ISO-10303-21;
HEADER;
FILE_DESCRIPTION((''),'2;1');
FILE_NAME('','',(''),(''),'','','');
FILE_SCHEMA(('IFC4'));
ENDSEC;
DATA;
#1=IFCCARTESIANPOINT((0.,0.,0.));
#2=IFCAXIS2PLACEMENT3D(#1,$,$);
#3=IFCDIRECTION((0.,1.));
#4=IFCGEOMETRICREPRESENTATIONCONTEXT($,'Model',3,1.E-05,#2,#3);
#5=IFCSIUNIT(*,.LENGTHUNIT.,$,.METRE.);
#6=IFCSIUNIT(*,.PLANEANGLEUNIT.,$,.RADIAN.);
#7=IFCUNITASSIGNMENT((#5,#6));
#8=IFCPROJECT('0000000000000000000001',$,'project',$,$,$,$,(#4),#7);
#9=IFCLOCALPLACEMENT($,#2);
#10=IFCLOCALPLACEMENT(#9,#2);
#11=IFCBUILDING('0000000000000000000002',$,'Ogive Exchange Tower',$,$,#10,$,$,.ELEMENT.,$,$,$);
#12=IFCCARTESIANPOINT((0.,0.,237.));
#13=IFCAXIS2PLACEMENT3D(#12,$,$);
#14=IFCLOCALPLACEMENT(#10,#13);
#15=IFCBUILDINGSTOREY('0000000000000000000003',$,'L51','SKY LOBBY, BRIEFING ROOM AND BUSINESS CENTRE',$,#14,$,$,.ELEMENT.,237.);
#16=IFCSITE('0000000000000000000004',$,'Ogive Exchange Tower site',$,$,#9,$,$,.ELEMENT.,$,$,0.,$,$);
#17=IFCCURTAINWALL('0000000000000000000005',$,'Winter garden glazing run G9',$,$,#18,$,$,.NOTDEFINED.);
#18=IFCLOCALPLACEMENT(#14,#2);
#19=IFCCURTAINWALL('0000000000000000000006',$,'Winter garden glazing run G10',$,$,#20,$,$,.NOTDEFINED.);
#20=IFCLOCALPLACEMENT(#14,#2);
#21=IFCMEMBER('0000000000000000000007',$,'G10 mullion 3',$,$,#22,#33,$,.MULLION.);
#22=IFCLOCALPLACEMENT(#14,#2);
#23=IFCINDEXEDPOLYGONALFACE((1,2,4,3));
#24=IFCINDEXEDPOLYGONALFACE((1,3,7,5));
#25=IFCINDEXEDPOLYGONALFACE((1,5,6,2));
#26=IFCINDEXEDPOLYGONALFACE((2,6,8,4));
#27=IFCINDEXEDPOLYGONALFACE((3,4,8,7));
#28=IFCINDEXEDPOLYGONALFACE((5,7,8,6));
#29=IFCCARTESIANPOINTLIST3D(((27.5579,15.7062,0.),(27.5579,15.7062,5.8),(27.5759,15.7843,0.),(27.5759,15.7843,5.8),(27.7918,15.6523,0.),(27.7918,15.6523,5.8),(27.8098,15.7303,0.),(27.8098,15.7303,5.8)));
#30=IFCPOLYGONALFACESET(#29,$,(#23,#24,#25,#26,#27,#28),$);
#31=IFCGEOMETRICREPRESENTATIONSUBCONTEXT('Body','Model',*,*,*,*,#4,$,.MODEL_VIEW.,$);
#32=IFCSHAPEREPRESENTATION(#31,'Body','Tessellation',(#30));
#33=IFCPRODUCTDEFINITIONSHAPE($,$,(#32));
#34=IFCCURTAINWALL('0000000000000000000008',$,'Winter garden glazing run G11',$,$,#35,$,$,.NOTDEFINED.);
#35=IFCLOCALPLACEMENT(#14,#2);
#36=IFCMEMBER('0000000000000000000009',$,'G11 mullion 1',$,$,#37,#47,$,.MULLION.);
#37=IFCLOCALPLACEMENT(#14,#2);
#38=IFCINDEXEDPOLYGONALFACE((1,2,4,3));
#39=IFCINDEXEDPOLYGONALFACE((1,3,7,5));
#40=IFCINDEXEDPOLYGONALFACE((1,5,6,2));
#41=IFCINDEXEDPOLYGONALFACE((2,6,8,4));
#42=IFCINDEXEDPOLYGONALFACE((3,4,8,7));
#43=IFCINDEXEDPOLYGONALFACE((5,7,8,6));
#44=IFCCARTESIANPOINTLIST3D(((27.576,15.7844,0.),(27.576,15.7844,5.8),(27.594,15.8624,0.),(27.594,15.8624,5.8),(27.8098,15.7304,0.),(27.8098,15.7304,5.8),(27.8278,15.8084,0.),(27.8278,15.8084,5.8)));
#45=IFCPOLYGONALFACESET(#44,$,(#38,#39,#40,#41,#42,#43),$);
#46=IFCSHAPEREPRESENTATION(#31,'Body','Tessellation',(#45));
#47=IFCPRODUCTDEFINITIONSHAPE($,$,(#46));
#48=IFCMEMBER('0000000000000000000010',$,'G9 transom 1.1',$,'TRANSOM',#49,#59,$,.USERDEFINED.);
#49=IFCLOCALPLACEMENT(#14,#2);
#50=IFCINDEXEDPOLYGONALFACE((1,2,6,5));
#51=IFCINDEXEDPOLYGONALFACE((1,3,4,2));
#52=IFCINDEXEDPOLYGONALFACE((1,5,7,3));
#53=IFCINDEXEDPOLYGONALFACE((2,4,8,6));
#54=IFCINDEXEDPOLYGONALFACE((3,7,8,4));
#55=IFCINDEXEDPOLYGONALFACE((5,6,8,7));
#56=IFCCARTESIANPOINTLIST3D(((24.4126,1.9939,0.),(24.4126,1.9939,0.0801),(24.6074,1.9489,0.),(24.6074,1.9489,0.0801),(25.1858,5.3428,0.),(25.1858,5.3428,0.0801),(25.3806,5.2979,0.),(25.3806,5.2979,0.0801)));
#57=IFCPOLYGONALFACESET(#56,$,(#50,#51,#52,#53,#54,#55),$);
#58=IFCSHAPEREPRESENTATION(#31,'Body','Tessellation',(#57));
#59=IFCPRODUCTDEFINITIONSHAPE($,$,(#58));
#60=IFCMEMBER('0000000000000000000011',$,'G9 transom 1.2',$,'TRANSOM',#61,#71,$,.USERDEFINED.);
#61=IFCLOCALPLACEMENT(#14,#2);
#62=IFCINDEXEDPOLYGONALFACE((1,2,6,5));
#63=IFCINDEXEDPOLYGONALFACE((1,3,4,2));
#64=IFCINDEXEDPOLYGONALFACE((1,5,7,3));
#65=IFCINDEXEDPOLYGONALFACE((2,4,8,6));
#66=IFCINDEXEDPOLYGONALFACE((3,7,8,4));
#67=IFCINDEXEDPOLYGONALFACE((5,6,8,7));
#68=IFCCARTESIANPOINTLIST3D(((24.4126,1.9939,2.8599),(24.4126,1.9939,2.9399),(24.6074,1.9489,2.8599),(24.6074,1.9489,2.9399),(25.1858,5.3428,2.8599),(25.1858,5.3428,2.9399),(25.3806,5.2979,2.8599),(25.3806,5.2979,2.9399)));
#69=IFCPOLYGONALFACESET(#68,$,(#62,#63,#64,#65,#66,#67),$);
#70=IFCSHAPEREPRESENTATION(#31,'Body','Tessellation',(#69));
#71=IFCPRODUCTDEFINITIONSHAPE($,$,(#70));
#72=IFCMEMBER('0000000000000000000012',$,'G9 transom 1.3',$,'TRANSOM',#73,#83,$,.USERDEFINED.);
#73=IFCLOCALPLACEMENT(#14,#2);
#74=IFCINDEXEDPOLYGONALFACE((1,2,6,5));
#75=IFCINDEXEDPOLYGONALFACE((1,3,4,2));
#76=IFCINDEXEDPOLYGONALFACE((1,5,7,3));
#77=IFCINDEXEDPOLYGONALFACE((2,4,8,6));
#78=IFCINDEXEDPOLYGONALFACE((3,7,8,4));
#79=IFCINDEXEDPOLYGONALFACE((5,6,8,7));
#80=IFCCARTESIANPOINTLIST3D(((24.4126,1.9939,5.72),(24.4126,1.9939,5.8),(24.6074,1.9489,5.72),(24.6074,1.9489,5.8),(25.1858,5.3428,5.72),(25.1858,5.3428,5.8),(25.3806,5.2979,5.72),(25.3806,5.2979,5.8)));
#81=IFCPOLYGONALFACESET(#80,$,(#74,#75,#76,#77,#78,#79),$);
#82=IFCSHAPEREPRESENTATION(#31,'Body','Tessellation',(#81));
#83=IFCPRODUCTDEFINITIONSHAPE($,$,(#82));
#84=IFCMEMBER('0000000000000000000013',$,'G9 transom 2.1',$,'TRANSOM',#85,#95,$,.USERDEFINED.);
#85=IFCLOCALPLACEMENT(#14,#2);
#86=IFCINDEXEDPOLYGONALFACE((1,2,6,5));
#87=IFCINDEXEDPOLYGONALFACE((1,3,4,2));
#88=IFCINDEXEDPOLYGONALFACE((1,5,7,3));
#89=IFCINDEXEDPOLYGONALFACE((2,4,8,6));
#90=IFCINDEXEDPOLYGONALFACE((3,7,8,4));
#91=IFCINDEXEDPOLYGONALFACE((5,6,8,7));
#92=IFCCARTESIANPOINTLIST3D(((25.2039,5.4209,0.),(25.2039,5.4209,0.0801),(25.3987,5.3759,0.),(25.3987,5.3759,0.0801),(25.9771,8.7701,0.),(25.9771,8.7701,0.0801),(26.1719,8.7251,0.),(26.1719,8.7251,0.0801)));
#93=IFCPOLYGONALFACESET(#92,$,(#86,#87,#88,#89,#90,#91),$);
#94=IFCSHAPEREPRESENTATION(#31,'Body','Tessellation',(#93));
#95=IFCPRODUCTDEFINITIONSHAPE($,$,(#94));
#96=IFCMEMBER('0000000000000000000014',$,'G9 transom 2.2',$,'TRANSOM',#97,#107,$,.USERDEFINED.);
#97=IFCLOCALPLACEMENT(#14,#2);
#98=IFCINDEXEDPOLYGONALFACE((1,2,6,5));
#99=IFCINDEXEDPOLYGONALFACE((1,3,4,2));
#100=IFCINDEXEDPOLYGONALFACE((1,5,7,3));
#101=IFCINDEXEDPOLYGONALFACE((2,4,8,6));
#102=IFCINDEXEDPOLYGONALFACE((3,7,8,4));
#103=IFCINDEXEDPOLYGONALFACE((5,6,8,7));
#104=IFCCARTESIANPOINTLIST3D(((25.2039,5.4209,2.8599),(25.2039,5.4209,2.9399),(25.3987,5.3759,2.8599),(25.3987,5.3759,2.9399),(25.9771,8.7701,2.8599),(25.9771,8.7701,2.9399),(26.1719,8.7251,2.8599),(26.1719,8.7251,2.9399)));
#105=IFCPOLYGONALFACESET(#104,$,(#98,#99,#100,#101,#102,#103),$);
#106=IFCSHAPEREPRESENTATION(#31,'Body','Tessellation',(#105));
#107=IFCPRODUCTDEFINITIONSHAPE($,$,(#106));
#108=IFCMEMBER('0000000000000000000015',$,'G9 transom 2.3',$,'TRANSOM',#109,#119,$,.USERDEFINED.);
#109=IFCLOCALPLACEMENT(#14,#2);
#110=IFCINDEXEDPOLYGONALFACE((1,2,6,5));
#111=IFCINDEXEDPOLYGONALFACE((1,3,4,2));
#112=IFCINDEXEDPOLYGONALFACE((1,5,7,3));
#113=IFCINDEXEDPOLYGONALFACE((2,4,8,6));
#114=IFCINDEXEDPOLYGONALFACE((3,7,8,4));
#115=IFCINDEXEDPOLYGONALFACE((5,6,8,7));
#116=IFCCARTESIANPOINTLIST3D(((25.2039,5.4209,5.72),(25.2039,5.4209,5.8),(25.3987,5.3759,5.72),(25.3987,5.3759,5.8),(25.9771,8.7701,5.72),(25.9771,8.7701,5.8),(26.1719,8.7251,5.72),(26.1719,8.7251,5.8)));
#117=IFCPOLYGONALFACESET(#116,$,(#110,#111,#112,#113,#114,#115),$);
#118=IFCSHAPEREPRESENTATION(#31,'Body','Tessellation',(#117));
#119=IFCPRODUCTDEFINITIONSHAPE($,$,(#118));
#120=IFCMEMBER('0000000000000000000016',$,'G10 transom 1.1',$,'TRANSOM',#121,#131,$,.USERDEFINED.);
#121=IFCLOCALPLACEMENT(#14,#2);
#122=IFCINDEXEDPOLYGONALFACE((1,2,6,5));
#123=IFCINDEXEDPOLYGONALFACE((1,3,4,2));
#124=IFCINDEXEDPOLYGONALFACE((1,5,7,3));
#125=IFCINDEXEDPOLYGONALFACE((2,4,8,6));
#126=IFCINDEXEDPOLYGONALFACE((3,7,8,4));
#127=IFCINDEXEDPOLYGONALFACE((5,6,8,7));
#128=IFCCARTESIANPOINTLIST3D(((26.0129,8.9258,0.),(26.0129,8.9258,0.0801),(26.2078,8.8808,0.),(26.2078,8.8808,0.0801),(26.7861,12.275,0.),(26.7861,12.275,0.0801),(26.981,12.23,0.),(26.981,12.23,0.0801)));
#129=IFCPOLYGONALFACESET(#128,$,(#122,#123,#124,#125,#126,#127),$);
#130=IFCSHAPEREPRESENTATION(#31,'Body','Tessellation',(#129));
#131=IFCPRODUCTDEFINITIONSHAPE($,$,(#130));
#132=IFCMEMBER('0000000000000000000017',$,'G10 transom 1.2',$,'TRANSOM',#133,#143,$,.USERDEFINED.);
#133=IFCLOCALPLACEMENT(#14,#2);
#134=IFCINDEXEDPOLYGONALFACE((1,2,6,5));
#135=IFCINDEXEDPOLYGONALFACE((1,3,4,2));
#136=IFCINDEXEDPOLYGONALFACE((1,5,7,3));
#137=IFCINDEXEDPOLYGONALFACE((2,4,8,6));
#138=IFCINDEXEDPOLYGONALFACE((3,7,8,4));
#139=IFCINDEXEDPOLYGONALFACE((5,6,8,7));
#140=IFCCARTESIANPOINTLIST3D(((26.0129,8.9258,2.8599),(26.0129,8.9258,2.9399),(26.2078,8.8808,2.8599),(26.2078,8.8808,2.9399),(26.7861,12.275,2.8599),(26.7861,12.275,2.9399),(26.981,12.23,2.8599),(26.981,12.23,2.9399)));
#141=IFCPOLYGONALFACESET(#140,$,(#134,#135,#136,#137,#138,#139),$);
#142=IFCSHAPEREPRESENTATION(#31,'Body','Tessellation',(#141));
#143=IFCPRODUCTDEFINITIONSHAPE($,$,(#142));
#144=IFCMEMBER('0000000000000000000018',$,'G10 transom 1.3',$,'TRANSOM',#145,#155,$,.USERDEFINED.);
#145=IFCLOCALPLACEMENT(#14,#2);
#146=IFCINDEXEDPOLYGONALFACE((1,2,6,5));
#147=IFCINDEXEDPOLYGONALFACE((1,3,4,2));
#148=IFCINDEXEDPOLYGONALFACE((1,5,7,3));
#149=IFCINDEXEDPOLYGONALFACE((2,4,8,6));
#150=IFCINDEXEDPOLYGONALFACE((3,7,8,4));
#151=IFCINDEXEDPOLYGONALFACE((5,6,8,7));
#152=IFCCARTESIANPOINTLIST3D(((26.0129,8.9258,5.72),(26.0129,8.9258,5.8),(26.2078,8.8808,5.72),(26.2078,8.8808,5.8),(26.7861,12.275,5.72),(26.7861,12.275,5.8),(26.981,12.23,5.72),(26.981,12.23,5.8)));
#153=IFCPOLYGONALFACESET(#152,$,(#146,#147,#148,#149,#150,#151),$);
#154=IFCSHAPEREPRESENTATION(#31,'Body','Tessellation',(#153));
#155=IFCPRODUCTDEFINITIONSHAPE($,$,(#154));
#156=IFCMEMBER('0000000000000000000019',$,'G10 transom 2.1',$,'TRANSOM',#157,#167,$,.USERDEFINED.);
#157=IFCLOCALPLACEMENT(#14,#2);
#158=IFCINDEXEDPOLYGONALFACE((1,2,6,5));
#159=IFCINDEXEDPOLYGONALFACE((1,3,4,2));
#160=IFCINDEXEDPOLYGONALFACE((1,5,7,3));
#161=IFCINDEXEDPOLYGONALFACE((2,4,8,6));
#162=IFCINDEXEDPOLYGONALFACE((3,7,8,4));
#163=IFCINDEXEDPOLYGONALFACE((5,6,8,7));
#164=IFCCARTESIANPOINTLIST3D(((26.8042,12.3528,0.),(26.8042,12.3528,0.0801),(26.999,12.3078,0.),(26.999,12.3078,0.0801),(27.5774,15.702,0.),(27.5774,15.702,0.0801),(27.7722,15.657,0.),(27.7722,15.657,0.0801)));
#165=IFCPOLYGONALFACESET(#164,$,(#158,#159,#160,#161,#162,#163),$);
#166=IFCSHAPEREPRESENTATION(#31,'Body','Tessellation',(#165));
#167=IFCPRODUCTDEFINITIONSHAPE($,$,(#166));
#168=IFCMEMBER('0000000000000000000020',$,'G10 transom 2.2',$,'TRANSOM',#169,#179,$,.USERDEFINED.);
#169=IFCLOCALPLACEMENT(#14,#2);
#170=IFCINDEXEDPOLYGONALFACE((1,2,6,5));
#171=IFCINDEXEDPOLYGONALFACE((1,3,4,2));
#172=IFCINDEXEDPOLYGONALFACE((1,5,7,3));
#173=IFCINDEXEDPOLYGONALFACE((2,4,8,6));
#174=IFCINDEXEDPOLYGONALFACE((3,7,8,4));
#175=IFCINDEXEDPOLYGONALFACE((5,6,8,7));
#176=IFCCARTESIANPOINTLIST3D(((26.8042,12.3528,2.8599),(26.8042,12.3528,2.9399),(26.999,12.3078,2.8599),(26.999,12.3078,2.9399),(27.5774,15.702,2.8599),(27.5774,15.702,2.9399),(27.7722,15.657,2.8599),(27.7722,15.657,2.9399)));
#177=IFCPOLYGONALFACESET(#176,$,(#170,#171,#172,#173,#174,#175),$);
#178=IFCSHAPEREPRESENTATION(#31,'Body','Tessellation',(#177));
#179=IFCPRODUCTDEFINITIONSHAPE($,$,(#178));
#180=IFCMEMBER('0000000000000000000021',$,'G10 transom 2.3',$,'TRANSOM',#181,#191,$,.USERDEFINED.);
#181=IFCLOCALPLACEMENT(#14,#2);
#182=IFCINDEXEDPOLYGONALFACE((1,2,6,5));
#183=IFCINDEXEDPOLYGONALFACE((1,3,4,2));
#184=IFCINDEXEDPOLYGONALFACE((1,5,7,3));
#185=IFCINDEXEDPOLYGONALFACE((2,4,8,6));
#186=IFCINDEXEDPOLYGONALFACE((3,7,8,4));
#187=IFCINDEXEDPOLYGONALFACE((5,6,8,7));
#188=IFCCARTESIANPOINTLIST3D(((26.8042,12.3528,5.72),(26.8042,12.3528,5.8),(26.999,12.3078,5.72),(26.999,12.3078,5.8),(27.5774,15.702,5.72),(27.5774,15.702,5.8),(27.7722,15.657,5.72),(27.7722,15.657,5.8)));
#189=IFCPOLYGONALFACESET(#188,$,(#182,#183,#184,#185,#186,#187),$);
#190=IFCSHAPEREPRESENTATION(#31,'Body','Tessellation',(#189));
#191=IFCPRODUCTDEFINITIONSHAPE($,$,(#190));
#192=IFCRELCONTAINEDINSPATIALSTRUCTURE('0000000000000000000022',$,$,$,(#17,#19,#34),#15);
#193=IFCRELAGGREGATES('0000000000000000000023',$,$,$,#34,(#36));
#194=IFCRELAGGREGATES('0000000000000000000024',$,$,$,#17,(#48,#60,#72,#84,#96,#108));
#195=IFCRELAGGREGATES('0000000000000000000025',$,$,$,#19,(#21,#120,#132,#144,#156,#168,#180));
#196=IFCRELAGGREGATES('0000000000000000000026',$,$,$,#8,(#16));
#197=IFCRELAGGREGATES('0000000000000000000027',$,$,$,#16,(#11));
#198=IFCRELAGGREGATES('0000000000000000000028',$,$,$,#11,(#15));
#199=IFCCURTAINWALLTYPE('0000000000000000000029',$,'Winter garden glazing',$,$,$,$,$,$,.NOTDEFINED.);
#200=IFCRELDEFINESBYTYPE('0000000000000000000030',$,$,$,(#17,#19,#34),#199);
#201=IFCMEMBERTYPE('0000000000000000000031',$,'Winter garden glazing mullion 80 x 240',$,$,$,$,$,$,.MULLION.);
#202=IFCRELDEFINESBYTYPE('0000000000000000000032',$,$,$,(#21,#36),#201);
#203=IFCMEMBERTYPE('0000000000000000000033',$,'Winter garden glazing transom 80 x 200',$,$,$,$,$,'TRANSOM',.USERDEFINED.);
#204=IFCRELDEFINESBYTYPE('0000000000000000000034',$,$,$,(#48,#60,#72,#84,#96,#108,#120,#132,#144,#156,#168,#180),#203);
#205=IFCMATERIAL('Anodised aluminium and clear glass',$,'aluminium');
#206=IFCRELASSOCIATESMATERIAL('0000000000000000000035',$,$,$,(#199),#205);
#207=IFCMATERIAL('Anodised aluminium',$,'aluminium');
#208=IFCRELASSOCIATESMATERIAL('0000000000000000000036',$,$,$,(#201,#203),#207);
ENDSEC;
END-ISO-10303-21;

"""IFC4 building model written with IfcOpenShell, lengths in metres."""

from ifc_helpers import new_model, si_unit, direction, frame, origin, origin_2d, place, context, subcontext, project, spatial, rectangle, extrude, material, material_profile, profile_set, type_object, element, aggregate, save


model = new_model("IFC4")

# Units and contexts
model_context = context("Model", 3, precision=1e-05, world=origin(), true_north=direction((0.0, 1.0)))
body_context = subcontext(model_context, "Body", "Model", "MODEL_VIEW")
ifc_project = project(units=[si_unit("LENGTHUNIT", "METRE"), si_unit("PLANEANGLEUNIT", "RADIAN")], contexts=[model_context])

# Site, building, storey
site_placement = place(None, origin())
site = spatial("IfcSite", under=ifc_project, at=site_placement, Name="Ogive Exchange Tower site", CompositionType="ELEMENT", RefElevation=0.0)
building_placement = place(site_placement, origin())
building = spatial("IfcBuilding", under=site, at=building_placement, Name="Ogive Exchange Tower", CompositionType="ELEMENT")
storey_placement = place(building_placement, frame((0.0, 0.0, 237.0)))
storey = spatial("IfcBuildingStorey", under=building, at=storey_placement, Name="L51", Description="SKY LOBBY, BRIEFING ROOM AND BUSINESS CENTRE", CompositionType="ELEMENT", Elevation=237.0)

# Curtain walls, member
ifc_material_1 = material(Name="Anodised aluminium and clear glass", Category="aluminium")
curtain_wall_type = type_object("IfcCurtainWallType", Name="Winter garden glazing", PredefinedType="NOTDEFINED", material=ifc_material_1)
curtain_wall_1_placement = place(storey_placement, origin())
curtain_wall_1 = element("IfcCurtainWall", 1, at=curtain_wall_1_placement, inside=storey, type_object=curtain_wall_type, Name="Winter garden glazing run G9", PredefinedType="NOTDEFINED")
ifc_material_2 = material(Name="Anodised aluminium", Category="aluminium")
ifc_material_profile_1 = material_profile(ifc_material_2, rectangle(XDim=0.24, YDim=0.0801, at=origin_2d()), Name="AL 80x240")
ifc_profile_set_1 = profile_set([ifc_material_profile_1], Name="Anodised aluminium")
member_type_1 = type_object("IfcMemberType", Name="Winter garden glazing mullion 80 x 240", PredefinedType="MULLION", material=ifc_profile_set_1)
curtain_wall_2_placement = place(storey_placement, origin())
curtain_wall_2 = element("IfcCurtainWall", 2, at=curtain_wall_2_placement, inside=storey, type_object=curtain_wall_type, Name="Winter garden glazing run G10", PredefinedType="NOTDEFINED")
member_1_placement = place(storey_placement, frame((27.6838, 15.7183, 0.0), z_axis=(0.0, 0.0, 1.0), x_axis=(-0.974369, 0.224957, 0.0)))
member_1 = element("IfcMember", 3, at=member_1_placement, type_object=member_type_1, Name="G10 mullion 3", PredefinedType="MULLION", context=body_context, shape_type="SweptSolid", body=[
    extrude(rectangle(XDim=0.24, YDim=0.0801, at=origin_2d()), origin(), (0.0, 0.0, 1.0), 5.8),
])

# Curtain wall, member
curtain_wall_3_placement = place(storey_placement, origin())
curtain_wall_3 = element("IfcCurtainWall", 4, at=curtain_wall_3_placement, inside=storey, type_object=curtain_wall_type, Name="Winter garden glazing run G11", PredefinedType="NOTDEFINED")
member_2_placement = place(storey_placement, frame((27.7019, 15.7964, 0.0), z_axis=(0.0, 0.0, 1.0), x_axis=(-0.974369, 0.224954, 0.0)))
member_2 = element("IfcMember", 5, at=member_2_placement, type_object=member_type_1, Name="G11 mullion 1", PredefinedType="MULLION", context=body_context, shape_type="SweptSolid", body=[
    extrude(rectangle(XDim=0.24, YDim=0.0801, at=origin_2d()), origin(), (0.0, 0.0, 1.0), 5.8),
])

# Members
ifc_material_profile_2 = material_profile(ifc_material_2, rectangle(XDim=0.2, YDim=0.0801, at=origin_2d()), Name="AL 80x200")
ifc_profile_set_2 = profile_set([ifc_material_profile_2], Name="Anodised aluminium")
member_type_2 = type_object("IfcMemberType", Name="Winter garden glazing transom 80 x 200", ElementType="TRANSOM", PredefinedType="USERDEFINED", material=ifc_profile_set_2)
member_3_placement = place(storey_placement, frame((24.51, 1.9714, 0.04), z_axis=(0.224963, 0.974367, 0.0), x_axis=(-0.974367, 0.224963, 0.0)))
member_3 = element("IfcMember", 6, at=member_3_placement, type_object=member_type_2, Name="G9 transom 1.1", ObjectType="TRANSOM", PredefinedType="USERDEFINED", context=body_context, shape_type="SweptSolid", body=[
    extrude(rectangle(XDim=0.2, YDim=0.0801, at=origin_2d()), origin(), (0.0, 0.0, 1.0), 3.437),
])
member_4_placement = place(storey_placement, frame((24.51, 1.9714, 2.8999), z_axis=(0.224963, 0.974367, 0.0), x_axis=(-0.974367, 0.224963, 0.0)))
member_4 = element("IfcMember", 7, at=member_4_placement, type_object=member_type_2, Name="G9 transom 1.2", ObjectType="TRANSOM", PredefinedType="USERDEFINED", context=body_context, shape_type="SweptSolid", body=[
    extrude(rectangle(XDim=0.2, YDim=0.0801, at=origin_2d()), origin(), (0.0, 0.0, 1.0), 3.437),
])
member_5_placement = place(storey_placement, frame((24.51, 1.9714, 5.76), z_axis=(0.224963, 0.974367, 0.0), x_axis=(-0.974367, 0.224963, 0.0)))
member_5 = element("IfcMember", 8, at=member_5_placement, type_object=member_type_2, Name="G9 transom 1.3", ObjectType="TRANSOM", PredefinedType="USERDEFINED", context=body_context, shape_type="SweptSolid", body=[
    extrude(rectangle(XDim=0.2, YDim=0.0801, at=origin_2d()), origin(), (0.0, 0.0, 1.0), 3.437),
])
member_6_placement = place(storey_placement, frame((25.3013, 5.3984, 0.04), z_axis=(0.224948, 0.974371, 0.0), x_axis=(-0.974371, 0.224948, 0.0)))
member_6 = element("IfcMember", 9, at=member_6_placement, type_object=member_type_2, Name="G9 transom 2.1", ObjectType="TRANSOM", PredefinedType="USERDEFINED", context=body_context, shape_type="SweptSolid", body=[
    extrude(rectangle(XDim=0.2, YDim=0.0801, at=origin_2d()), origin(), (0.0, 0.0, 1.0), 3.4373),
])
member_7_placement = place(storey_placement, frame((25.3013, 5.3984, 2.8999), z_axis=(0.224948, 0.974371, 0.0), x_axis=(-0.974371, 0.224948, 0.0)))
member_7 = element("IfcMember", 10, at=member_7_placement, type_object=member_type_2, Name="G9 transom 2.2", ObjectType="TRANSOM", PredefinedType="USERDEFINED", context=body_context, shape_type="SweptSolid", body=[
    extrude(rectangle(XDim=0.2, YDim=0.0801, at=origin_2d()), origin(), (0.0, 0.0, 1.0), 3.4373),
])
member_8_placement = place(storey_placement, frame((25.3013, 5.3984, 5.76), z_axis=(0.224948, 0.974371, 0.0), x_axis=(-0.974371, 0.224948, 0.0)))
member_8 = element("IfcMember", 11, at=member_8_placement, type_object=member_type_2, Name="G9 transom 2.3", ObjectType="TRANSOM", PredefinedType="USERDEFINED", context=body_context, shape_type="SweptSolid", body=[
    extrude(rectangle(XDim=0.2, YDim=0.0801, at=origin_2d()), origin(), (0.0, 0.0, 1.0), 3.4373),
])
member_9_placement = place(storey_placement, frame((26.1104, 8.9033, 0.04), z_axis=(0.224948, 0.974371, 0.0), x_axis=(-0.974371, 0.224948, 0.0)))
member_9 = element("IfcMember", 12, at=member_9_placement, type_object=member_type_2, Name="G10 transom 1.1", ObjectType="TRANSOM", PredefinedType="USERDEFINED", context=body_context, shape_type="SweptSolid", body=[
    extrude(rectangle(XDim=0.2, YDim=0.0801, at=origin_2d()), origin(), (0.0, 0.0, 1.0), 3.4373),
])
member_10_placement = place(storey_placement, frame((26.1104, 8.9033, 2.8999), z_axis=(0.224948, 0.974371, 0.0), x_axis=(-0.974371, 0.224948, 0.0)))
member_10 = element("IfcMember", 13, at=member_10_placement, type_object=member_type_2, Name="G10 transom 1.2", ObjectType="TRANSOM", PredefinedType="USERDEFINED", context=body_context, shape_type="SweptSolid", body=[
    extrude(rectangle(XDim=0.2, YDim=0.0801, at=origin_2d()), origin(), (0.0, 0.0, 1.0), 3.4373),
])
member_11_placement = place(storey_placement, frame((26.1104, 8.9033, 5.76), z_axis=(0.224948, 0.974371, 0.0), x_axis=(-0.974371, 0.224948, 0.0)))
member_11 = element("IfcMember", 14, at=member_11_placement, type_object=member_type_2, Name="G10 transom 1.3", ObjectType="TRANSOM", PredefinedType="USERDEFINED", context=body_context, shape_type="SweptSolid", body=[
    extrude(rectangle(XDim=0.2, YDim=0.0801, at=origin_2d()), origin(), (0.0, 0.0, 1.0), 3.4373),
])
member_12_placement = place(storey_placement, frame((26.9016, 12.3303, 0.04), z_axis=(0.224948, 0.974371, 0.0), x_axis=(-0.974371, 0.224948, 0.0)))
member_12 = element("IfcMember", 15, at=member_12_placement, type_object=member_type_2, Name="G10 transom 2.1", ObjectType="TRANSOM", PredefinedType="USERDEFINED", context=body_context, shape_type="SweptSolid", body=[
    extrude(rectangle(XDim=0.2, YDim=0.0801, at=origin_2d()), origin(), (0.0, 0.0, 1.0), 3.4373),
])
member_13_placement = place(storey_placement, frame((26.9016, 12.3303, 2.8999), z_axis=(0.224948, 0.974371, 0.0), x_axis=(-0.974371, 0.224948, 0.0)))
member_13 = element("IfcMember", 16, at=member_13_placement, type_object=member_type_2, Name="G10 transom 2.2", ObjectType="TRANSOM", PredefinedType="USERDEFINED", context=body_context, shape_type="SweptSolid", body=[
    extrude(rectangle(XDim=0.2, YDim=0.0801, at=origin_2d()), origin(), (0.0, 0.0, 1.0), 3.4373),
])
member_14_placement = place(storey_placement, frame((26.9016, 12.3303, 5.76), z_axis=(0.224948, 0.974371, 0.0), x_axis=(-0.974371, 0.224948, 0.0)))
member_14 = element("IfcMember", 17, at=member_14_placement, type_object=member_type_2, Name="G10 transom 2.3", ObjectType="TRANSOM", PredefinedType="USERDEFINED", context=body_context, shape_type="SweptSolid", body=[
    extrude(rectangle(XDim=0.2, YDim=0.0801, at=origin_2d()), origin(), (0.0, 0.0, 1.0), 3.4373),
])
aggregate(curtain_wall_3, [member_2])

aggregate(curtain_wall_1, [member_3, member_4, member_5, member_6, member_7, member_8])
aggregate(curtain_wall_2, [member_1, member_9, member_10, member_11, member_12, member_13, member_14])

save(model, "model.ifc")
